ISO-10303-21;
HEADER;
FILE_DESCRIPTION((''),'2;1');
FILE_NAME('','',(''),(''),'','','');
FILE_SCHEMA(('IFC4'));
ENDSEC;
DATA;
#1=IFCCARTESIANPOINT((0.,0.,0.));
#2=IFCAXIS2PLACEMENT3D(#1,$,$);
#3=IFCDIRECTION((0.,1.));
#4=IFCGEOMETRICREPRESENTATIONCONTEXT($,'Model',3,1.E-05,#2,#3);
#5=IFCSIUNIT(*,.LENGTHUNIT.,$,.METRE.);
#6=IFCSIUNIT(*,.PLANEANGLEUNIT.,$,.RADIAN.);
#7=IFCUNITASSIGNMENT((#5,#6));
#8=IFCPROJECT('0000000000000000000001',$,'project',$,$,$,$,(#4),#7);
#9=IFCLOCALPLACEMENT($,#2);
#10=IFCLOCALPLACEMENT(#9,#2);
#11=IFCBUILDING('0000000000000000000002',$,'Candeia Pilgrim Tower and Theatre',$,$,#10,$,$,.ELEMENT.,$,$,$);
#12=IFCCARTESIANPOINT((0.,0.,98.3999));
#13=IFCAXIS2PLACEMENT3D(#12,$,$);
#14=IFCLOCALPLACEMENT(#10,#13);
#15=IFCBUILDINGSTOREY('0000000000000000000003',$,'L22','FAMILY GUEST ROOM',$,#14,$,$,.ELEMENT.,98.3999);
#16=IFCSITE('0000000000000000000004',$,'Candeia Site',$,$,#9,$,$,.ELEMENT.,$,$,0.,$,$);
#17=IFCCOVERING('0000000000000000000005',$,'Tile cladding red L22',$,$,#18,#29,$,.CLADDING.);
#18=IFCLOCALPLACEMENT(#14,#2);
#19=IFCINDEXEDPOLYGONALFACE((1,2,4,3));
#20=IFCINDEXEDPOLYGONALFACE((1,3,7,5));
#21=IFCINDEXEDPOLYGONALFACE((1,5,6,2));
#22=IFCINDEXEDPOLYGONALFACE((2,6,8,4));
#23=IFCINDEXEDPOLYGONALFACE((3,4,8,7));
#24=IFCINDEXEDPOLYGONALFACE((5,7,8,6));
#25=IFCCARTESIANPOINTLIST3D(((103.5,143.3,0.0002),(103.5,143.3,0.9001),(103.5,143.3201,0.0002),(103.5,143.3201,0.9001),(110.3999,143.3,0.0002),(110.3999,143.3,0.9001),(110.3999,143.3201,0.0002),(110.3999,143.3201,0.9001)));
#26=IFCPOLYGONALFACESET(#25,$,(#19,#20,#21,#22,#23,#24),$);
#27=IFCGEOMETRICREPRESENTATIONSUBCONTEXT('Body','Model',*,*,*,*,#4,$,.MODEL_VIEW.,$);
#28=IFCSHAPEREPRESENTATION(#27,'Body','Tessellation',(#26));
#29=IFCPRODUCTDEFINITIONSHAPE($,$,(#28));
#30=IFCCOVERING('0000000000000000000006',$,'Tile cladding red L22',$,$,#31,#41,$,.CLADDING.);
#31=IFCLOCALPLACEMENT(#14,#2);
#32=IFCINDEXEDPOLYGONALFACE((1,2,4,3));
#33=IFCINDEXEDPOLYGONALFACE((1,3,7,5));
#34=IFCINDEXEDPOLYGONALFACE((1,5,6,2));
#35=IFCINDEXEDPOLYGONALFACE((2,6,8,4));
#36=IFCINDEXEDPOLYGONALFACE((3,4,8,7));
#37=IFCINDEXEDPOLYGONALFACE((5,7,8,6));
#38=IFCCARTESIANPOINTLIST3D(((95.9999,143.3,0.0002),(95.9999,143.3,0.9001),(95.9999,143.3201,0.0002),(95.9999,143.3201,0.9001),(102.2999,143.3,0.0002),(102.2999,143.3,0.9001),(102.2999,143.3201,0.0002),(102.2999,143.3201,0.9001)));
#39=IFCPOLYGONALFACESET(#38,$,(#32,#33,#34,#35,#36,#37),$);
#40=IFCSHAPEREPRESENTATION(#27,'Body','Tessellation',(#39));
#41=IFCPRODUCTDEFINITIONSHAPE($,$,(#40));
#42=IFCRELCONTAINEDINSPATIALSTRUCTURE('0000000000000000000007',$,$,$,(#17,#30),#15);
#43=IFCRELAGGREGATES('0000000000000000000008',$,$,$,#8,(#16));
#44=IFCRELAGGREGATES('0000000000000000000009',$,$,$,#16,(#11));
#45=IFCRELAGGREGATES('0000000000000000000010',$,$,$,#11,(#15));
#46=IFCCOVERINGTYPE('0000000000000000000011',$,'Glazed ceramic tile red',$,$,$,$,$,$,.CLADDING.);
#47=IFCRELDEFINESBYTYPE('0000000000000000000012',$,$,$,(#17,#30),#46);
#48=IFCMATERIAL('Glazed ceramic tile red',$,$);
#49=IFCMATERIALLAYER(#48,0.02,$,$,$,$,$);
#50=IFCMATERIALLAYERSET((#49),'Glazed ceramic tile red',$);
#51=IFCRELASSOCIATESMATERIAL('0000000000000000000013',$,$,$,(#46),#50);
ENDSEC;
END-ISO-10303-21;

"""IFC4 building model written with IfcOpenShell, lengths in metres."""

from ifc_helpers import new_model, si_unit, direction, frame, origin, origin_2d, place, context, subcontext, project, spatial, rectangle, extrude, material, layer, layer_set, type_object, element, save


model = new_model("IFC4")

# Units and contexts
model_context = context("Model", 3, precision=1e-05, world=origin(), true_north=direction((0.0, 1.0)))
body_context = subcontext(model_context, "Body", "Model", "MODEL_VIEW")
ifc_project = project(units=[si_unit("LENGTHUNIT", "METRE"), si_unit("PLANEANGLEUNIT", "RADIAN")], contexts=[model_context])

# Site, building, storey
site_placement = place(None, origin())
site = spatial("IfcSite", under=ifc_project, at=site_placement, Name="Candeia Site", CompositionType="ELEMENT", RefElevation=0.0)
building_placement = place(site_placement, origin())
building = spatial("IfcBuilding", under=site, at=building_placement, Name="Candeia Pilgrim Tower and Theatre", CompositionType="ELEMENT")
storey_placement = place(building_placement, frame((0.0, 0.0, 98.3999)))
storey = spatial("IfcBuildingStorey", under=building, at=storey_placement, Name="L22", Description="FAMILY GUEST ROOM", CompositionType="ELEMENT", Elevation=98.3999)

# Coverings
ifc_material_1 = material(Name="Glazed ceramic tile red")
ifc_layer_1 = layer(ifc_material_1, 0.02)
ifc_layer_set_1 = layer_set([ifc_layer_1], Name="Glazed ceramic tile red")
covering_type = type_object("IfcCoveringType", Name="Glazed ceramic tile red", PredefinedType="CLADDING", material=ifc_layer_set_1)
covering_1_placement = place(storey_placement, frame((106.95, 143.3101, 0.0002), z_axis=(0.0, 0.0, 1.0), x_axis=(-1.0, 0.0, 0.0)))
element("IfcCovering", 1, at=covering_1_placement, inside=storey, type_object=covering_type, Name="Tile cladding red L22", PredefinedType="CLADDING", context=body_context, shape_type="SweptSolid", body=[
    extrude(rectangle(XDim=6.8999, YDim=0.02, at=origin_2d()), origin(), (0.0, 0.0, 1.0), 0.8999),
])
covering_2_placement = place(storey_placement, frame((99.1499, 143.3101, 0.0002), z_axis=(0.0, 0.0, 1.0), x_axis=(-1.0, 0.0, 0.0)))
element("IfcCovering", 2, at=covering_2_placement, inside=storey, type_object=covering_type, Name="Tile cladding red L22", PredefinedType="CLADDING", context=body_context, shape_type="SweptSolid", body=[
    extrude(rectangle(XDim=6.3, YDim=0.02, at=origin_2d()), origin(), (0.0, 0.0, 1.0), 0.8999),
])

save(model, "model.ifc")
